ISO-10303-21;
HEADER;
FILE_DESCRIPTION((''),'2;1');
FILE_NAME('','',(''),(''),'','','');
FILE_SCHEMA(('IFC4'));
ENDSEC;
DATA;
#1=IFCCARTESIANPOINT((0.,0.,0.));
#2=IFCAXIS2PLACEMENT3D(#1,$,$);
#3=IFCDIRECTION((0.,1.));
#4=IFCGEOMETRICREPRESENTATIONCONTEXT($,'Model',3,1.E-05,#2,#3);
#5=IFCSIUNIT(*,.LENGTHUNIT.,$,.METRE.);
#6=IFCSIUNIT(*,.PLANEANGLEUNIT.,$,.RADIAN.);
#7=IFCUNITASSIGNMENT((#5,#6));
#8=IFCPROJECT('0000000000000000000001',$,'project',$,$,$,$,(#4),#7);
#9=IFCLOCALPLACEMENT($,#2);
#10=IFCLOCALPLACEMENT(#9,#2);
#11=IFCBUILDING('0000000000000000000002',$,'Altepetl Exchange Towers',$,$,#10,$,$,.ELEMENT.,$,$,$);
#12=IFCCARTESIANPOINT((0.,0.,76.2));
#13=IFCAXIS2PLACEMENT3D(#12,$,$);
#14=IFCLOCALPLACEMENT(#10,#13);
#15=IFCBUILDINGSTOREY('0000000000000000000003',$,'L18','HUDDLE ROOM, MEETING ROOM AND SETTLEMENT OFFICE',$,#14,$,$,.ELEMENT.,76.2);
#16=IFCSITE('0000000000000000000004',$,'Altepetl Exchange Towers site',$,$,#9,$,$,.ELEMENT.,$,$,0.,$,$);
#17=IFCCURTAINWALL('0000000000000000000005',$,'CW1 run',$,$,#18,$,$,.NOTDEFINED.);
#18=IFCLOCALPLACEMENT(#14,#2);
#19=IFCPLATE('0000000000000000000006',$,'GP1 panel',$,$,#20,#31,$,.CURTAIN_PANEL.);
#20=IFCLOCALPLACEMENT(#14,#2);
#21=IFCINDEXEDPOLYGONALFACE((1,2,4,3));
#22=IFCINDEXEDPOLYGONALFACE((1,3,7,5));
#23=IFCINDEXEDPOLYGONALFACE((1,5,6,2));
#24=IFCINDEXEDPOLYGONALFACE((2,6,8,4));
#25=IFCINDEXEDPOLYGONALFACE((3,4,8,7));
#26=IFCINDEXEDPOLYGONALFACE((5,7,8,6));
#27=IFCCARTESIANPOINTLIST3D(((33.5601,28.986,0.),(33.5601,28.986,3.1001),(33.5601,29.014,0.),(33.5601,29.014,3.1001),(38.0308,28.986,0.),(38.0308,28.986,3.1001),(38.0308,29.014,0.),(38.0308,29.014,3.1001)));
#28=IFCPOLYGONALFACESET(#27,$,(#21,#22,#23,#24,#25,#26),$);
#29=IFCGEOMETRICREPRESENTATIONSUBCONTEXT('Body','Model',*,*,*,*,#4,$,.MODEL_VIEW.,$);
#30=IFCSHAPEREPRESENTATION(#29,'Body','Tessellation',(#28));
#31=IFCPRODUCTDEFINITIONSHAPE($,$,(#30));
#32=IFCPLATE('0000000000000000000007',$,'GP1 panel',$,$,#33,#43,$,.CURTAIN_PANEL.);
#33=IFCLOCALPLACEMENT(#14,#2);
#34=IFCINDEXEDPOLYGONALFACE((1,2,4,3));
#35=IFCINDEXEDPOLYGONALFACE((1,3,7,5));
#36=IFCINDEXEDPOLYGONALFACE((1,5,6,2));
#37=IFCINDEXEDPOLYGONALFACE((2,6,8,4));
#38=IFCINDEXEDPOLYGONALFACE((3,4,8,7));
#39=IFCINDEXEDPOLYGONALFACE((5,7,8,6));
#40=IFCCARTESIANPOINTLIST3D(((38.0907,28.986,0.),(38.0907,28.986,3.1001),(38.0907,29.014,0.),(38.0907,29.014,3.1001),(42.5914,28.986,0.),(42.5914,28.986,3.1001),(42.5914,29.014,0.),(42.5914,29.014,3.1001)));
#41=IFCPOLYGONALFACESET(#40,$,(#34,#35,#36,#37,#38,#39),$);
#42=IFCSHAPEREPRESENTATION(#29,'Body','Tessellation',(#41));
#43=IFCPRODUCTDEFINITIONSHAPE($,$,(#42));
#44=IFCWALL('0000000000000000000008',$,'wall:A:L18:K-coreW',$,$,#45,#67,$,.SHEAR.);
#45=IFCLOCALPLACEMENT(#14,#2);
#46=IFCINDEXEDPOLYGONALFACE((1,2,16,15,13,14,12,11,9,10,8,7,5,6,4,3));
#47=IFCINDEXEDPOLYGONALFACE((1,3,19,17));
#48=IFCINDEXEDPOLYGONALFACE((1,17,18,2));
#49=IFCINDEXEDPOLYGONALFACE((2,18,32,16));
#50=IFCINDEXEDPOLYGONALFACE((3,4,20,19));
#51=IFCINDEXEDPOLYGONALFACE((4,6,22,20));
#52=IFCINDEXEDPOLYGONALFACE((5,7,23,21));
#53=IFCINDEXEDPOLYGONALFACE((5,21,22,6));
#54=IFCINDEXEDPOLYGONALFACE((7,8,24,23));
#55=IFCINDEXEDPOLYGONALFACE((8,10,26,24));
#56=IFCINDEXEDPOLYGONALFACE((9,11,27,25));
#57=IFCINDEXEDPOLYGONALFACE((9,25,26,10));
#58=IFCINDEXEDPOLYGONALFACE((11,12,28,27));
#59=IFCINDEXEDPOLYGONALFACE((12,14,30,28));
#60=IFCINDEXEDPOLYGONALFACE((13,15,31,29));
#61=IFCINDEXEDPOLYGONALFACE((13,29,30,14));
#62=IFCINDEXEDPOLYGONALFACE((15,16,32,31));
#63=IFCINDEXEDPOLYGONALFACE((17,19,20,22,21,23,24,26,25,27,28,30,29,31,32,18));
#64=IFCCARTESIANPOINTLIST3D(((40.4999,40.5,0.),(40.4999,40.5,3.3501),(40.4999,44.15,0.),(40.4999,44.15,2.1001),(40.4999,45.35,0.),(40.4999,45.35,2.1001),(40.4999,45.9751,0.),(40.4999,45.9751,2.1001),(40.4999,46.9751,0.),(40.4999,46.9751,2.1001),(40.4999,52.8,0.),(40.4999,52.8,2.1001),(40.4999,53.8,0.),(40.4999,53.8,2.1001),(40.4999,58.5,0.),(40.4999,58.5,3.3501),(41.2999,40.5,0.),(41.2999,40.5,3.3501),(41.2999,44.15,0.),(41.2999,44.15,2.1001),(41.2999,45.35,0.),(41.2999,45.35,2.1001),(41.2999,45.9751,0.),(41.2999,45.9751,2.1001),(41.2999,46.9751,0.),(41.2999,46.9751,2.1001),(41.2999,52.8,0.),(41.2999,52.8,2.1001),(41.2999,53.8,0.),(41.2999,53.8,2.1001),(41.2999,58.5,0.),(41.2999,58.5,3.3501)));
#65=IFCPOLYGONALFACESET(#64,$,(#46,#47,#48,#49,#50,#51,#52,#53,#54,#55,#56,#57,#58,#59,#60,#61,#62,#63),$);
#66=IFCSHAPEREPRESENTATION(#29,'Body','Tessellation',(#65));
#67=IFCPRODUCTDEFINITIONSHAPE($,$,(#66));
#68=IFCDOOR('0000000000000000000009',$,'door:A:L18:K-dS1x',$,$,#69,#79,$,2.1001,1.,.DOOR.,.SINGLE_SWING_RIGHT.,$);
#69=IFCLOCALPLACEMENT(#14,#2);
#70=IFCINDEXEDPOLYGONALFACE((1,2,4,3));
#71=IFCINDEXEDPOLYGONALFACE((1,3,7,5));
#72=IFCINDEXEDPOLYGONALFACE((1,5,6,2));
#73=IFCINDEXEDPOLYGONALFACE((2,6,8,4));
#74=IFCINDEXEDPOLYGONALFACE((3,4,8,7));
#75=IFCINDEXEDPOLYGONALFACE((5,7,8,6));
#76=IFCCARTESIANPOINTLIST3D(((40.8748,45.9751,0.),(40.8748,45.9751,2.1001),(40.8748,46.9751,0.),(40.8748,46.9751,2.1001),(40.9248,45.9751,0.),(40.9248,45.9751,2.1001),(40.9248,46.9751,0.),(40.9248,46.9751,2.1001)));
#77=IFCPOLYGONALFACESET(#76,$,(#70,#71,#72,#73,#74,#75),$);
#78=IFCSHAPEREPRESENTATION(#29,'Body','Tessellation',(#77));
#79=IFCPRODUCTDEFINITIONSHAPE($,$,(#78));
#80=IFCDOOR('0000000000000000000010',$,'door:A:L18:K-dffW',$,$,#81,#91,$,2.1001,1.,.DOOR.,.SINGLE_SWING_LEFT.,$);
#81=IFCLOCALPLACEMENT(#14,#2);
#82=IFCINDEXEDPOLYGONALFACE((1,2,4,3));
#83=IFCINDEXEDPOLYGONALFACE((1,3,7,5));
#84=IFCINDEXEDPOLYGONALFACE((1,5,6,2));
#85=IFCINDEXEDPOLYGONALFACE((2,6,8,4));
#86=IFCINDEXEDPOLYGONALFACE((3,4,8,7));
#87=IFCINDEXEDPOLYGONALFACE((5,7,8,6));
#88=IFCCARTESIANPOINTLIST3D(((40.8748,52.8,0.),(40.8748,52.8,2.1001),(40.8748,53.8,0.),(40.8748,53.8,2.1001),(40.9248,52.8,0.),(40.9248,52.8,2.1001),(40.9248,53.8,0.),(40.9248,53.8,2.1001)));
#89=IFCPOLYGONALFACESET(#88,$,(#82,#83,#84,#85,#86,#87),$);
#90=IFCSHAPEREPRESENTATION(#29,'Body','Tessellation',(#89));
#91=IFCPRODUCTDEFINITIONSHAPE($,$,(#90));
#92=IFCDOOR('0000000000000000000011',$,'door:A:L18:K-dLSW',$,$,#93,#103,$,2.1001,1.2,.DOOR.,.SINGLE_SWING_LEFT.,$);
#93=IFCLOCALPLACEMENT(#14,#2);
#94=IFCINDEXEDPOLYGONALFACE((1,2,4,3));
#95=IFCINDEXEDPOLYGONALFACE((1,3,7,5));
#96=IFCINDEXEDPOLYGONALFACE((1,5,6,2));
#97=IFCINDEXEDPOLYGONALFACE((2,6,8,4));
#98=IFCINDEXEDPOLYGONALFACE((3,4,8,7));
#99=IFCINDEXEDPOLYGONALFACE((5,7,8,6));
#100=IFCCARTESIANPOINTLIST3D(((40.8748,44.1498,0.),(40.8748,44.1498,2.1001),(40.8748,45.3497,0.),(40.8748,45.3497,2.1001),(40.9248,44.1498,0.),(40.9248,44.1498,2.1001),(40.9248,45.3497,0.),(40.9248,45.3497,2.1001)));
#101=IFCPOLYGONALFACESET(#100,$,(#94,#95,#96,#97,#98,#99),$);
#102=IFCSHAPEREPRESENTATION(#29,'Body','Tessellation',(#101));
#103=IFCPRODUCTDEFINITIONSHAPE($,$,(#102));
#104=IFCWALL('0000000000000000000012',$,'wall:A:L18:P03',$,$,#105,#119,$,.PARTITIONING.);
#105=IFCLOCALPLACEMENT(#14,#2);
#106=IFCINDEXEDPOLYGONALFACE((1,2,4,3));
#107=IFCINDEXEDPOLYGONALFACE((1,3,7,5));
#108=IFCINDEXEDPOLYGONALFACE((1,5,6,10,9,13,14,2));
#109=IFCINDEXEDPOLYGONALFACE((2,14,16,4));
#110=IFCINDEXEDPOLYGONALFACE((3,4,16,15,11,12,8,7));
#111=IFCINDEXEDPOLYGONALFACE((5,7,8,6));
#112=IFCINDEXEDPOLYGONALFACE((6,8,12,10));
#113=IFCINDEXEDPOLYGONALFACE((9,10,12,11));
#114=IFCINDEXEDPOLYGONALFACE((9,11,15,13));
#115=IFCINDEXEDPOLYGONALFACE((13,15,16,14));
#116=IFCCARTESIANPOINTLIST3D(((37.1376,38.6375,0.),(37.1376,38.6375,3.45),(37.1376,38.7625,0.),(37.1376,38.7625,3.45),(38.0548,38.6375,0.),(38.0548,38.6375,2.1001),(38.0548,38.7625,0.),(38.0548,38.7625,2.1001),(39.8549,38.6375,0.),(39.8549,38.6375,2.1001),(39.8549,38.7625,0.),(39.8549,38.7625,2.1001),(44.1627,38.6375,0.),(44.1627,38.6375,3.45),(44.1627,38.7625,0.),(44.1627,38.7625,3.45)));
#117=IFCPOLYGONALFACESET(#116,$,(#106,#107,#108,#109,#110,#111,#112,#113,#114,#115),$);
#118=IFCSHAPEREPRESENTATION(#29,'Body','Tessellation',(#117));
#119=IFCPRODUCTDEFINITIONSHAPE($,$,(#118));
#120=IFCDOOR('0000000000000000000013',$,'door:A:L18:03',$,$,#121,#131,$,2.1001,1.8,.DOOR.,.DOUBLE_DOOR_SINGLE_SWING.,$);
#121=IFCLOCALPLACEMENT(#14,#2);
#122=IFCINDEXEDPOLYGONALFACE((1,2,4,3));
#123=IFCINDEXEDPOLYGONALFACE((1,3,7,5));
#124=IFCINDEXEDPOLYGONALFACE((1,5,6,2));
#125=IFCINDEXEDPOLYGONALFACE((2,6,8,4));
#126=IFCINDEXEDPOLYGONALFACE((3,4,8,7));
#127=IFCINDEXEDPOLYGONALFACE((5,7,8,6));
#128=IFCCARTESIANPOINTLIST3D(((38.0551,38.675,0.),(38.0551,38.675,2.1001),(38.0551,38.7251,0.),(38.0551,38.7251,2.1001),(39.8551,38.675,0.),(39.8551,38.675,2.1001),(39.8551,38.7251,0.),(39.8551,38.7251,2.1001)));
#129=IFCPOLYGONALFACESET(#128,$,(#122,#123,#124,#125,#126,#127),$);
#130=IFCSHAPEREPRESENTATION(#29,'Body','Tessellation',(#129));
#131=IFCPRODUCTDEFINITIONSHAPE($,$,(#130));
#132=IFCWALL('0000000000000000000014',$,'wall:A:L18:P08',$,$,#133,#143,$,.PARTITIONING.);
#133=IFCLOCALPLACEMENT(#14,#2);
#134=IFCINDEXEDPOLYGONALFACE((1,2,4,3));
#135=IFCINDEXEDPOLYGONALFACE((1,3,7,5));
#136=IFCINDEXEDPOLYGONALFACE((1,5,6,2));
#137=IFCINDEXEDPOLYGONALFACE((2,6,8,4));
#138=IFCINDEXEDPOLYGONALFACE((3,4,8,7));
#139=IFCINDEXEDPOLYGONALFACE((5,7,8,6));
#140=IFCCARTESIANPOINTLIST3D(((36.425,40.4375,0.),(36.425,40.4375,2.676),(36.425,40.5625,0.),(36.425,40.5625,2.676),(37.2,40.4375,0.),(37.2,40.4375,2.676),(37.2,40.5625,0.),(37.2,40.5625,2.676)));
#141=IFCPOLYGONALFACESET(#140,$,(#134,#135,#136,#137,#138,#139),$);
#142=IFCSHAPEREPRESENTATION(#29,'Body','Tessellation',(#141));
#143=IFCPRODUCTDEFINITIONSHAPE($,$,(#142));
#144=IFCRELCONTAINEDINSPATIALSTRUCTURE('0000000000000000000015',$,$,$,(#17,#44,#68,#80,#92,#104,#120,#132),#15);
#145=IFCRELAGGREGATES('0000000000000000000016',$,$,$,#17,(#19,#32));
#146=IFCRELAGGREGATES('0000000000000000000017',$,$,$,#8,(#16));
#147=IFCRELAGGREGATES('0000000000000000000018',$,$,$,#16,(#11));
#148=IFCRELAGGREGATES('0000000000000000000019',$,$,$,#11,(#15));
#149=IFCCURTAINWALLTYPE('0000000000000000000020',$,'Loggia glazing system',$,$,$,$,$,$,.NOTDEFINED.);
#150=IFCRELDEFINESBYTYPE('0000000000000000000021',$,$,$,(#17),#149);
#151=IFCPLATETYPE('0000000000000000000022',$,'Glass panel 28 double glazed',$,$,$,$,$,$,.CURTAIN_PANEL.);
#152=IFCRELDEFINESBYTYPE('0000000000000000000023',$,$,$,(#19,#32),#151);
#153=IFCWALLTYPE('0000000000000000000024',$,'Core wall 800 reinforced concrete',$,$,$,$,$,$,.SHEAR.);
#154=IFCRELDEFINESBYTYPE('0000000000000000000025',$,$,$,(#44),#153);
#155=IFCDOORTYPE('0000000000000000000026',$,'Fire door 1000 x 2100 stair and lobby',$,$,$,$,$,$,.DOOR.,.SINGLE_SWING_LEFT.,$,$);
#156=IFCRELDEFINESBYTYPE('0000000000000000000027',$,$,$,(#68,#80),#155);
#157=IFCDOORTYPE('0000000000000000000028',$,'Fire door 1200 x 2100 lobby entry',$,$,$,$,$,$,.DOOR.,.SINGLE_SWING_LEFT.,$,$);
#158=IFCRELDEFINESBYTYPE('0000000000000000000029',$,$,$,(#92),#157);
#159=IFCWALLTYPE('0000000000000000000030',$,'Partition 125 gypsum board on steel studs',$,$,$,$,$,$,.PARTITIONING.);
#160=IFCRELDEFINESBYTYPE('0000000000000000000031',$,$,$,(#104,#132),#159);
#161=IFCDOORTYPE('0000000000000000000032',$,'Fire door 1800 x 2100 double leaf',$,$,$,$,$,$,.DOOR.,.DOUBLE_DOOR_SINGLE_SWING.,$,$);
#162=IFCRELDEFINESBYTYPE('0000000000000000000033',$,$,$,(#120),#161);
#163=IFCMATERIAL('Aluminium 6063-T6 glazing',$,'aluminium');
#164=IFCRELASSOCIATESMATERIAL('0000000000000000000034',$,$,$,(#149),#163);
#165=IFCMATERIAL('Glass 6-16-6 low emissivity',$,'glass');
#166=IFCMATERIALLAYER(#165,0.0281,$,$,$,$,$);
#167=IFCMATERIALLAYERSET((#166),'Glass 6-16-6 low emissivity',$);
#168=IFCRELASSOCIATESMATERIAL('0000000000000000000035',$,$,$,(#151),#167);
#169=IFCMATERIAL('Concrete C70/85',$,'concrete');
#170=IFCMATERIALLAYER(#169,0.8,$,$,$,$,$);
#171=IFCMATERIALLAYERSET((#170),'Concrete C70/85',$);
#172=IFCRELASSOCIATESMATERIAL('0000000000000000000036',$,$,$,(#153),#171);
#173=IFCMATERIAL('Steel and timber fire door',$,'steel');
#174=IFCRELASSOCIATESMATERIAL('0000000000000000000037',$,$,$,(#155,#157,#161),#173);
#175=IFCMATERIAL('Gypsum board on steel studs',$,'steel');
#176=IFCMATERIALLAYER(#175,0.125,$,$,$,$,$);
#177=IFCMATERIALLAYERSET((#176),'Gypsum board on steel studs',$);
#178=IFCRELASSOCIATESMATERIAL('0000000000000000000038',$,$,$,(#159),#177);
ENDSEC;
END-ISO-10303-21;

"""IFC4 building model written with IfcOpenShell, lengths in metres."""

from ifc_helpers import new_model, si_unit, direction, frame, frame_2d, origin, origin_2d, place, context, subcontext, project, spatial, rectangle, extrude, material, layer, layer_set, type_object, element, fill, aggregate, save


model = new_model("IFC4")

# Units and contexts
model_context = context("Model", 3, precision=1e-05, world=origin(), true_north=direction((0.0, 1.0)))
body_context = subcontext(model_context, "Body", "Model", "MODEL_VIEW")
ifc_project = project(units=[si_unit("LENGTHUNIT", "METRE"), si_unit("PLANEANGLEUNIT", "RADIAN")], contexts=[model_context])

# Site, building, storey
site_placement = place(None, origin())
site = spatial("IfcSite", under=ifc_project, at=site_placement, Name="Altepetl Exchange Towers site", CompositionType="ELEMENT", RefElevation=0.0)
building_placement = place(site_placement, origin())
building = spatial("IfcBuilding", under=site, at=building_placement, Name="Altepetl Exchange Towers", CompositionType="ELEMENT")
storey_placement = place(building_placement, frame((0.0, 0.0, 76.2)))
storey = spatial("IfcBuildingStorey", under=building, at=storey_placement, Name="L18", Description="HUDDLE ROOM, MEETING ROOM AND SETTLEMENT OFFICE", CompositionType="ELEMENT", Elevation=76.2)

# Shared definitions
ifc_material_1 = material(Name="Concrete C70/85", Category="concrete")

# Curtain wall
ifc_material_2 = material(Name="Aluminium 6063-T6 glazing", Category="aluminium")
curtain_wall_type = type_object("IfcCurtainWallType", Name="Loggia glazing system", PredefinedType="NOTDEFINED", material=ifc_material_2)
curtain_wall_placement = place(storey_placement, origin())
curtain_wall = element("IfcCurtainWall", 1, at=curtain_wall_placement, inside=storey, type_object=curtain_wall_type, Name="CW1 run", PredefinedType="NOTDEFINED")

# Plates
ifc_material_3 = material(Name="Glass 6-16-6 low emissivity", Category="glass")
ifc_layer_1 = layer(ifc_material_3, 0.0281)
ifc_layer_set_1 = layer_set([ifc_layer_1], Name="Glass 6-16-6 low emissivity")
plate_type = type_object("IfcPlateType", Name="Glass panel 28 double glazed", PredefinedType="CURTAIN_PANEL", material=ifc_layer_set_1)
plate_1_placement = place(storey_placement, frame((35.7954, 29.0, 0.0)))
plate_1 = element("IfcPlate", 2, at=plate_1_placement, type_object=plate_type, Name="GP1 panel", PredefinedType="CURTAIN_PANEL", context=body_context, shape_type="SweptSolid", body=[
    extrude(rectangle(XDim=4.4707, YDim=0.0281, at=origin_2d()), origin(), (0.0, 0.0, 1.0), 3.1001),
])
plate_2_placement = place(storey_placement, frame((40.3411, 29.0, 0.0)))
plate_2 = element("IfcPlate", 3, at=plate_2_placement, type_object=plate_type, Name="GP1 panel", PredefinedType="CURTAIN_PANEL", context=body_context, shape_type="SweptSolid", body=[
    extrude(rectangle(XDim=4.5007, YDim=0.0281, at=origin_2d()), origin(), (0.0, 0.0, 1.0), 3.1001),
])
aggregate(curtain_wall, [plate_1, plate_2])

# Wall, openings, doors
ifc_layer_2 = layer(ifc_material_1, 0.8)
ifc_layer_set_2 = layer_set([ifc_layer_2], Name="Concrete C70/85")
wall_type_1 = type_object("IfcWallType", Name="Core wall 800 reinforced concrete", PredefinedType="SHEAR", material=ifc_layer_set_2)
wall_1_placement = place(storey_placement, frame((40.8999, 40.5, 0.0), z_axis=(0.0, 0.0, 1.0), x_axis=(0.0, 1.0, 0.0)))
wall_1 = element("IfcWall", 4, at=wall_1_placement, inside=storey, type_object=wall_type_1, Name="wall:A:L18:K-coreW", PredefinedType="SHEAR", context=body_context, shape_type="SweptSolid", body=[
    extrude(rectangle(XDim=18.0, YDim=0.8, at=frame_2d((9.0, 0.0))), origin(), (0.0, 0.0, 1.0), 3.3501),
])
opening_1_placement = place(wall_1_placement, frame((3.6499, 0.0, 0.0)))
opening_1 = element("IfcOpeningElement", 5, at=opening_1_placement, cuts=wall_1, PredefinedType="OPENING", context=body_context, shape_type="SweptSolid", body=[
    extrude(rectangle(XDim=1.2, YDim=2.1001, at=frame_2d((0.6001, 1.05))), frame((0.0, 0.4102, 0.0), z_axis=(0.0, -1.0, 0.0), x_axis=(1.0, 0.0, 0.0)), (0.0, 0.0, 1.0), 0.8201),
])
opening_2_placement = place(wall_1_placement, frame((5.4751, 0.0, 0.0)))
opening_2 = element("IfcOpeningElement", 6, at=opening_2_placement, cuts=wall_1, PredefinedType="OPENING", context=body_context, shape_type="SweptSolid", body=[
    extrude(rectangle(XDim=1.0, YDim=2.1001, at=frame_2d((0.5, 1.05))), frame((0.0, 0.4102, 0.0), z_axis=(0.0, -1.0, 0.0), x_axis=(1.0, 0.0, 0.0)), (0.0, 0.0, 1.0), 0.8201),
])
opening_3_placement = place(wall_1_placement, frame((12.3, 0.0, 0.0)))
opening_3 = element("IfcOpeningElement", 7, at=opening_3_placement, cuts=wall_1, PredefinedType="OPENING", context=body_context, shape_type="SweptSolid", body=[
    extrude(rectangle(XDim=1.0, YDim=2.1001, at=frame_2d((0.5, 1.05))), frame((0.0, 0.4102, 0.0), z_axis=(0.0, -1.0, 0.0), x_axis=(1.0, 0.0, 0.0)), (0.0, 0.0, 1.0), 0.8201),
])
ifc_material_4 = material(Name="Steel and timber fire door", Category="steel")
door_type_1 = type_object("IfcDoorType", Name="Fire door 1000 x 2100 stair and lobby", OperationType="SINGLE_SWING_LEFT", PredefinedType="DOOR", material=ifc_material_4)
door_1_placement = place(opening_2_placement, frame((1.0, 0.0, 0.0), x_axis=(-1.0, 0.0, 0.0)))
door_1 = element("IfcDoor", 8, at=door_1_placement, inside=storey, type_object=door_type_1, Name="door:A:L18:K-dS1x", OperationType="SINGLE_SWING_RIGHT", OverallHeight=2.1001, OverallWidth=1.0, PredefinedType="DOOR", context=body_context, shape_type="SweptSolid", body=[
    extrude(rectangle(XDim=1.0, YDim=2.1001, at=frame_2d((0.5, 1.05))), frame((0.0, 0.0249, 0.0), z_axis=(0.0, -1.0, 0.0), x_axis=(1.0, 0.0, 0.0)), (0.0, 0.0, 1.0), 0.05),
])
fill(opening_2, door_1)
door_2_placement = place(opening_3_placement, frame((1.0, 0.0, 0.0), x_axis=(-1.0, 0.0, 0.0)))
door_2 = element("IfcDoor", 9, at=door_2_placement, inside=storey, type_object=door_type_1, Name="door:A:L18:K-dffW", OperationType="SINGLE_SWING_LEFT", OverallHeight=2.1001, OverallWidth=1.0, PredefinedType="DOOR", context=body_context, shape_type="SweptSolid", body=[
    extrude(rectangle(XDim=1.0, YDim=2.1001, at=frame_2d((0.5, 1.05))), frame((0.0, 0.0249, 0.0), z_axis=(0.0, -1.0, 0.0), x_axis=(1.0, 0.0, 0.0)), (0.0, 0.0, 1.0), 0.05),
])
fill(opening_3, door_2)
door_type_2 = type_object("IfcDoorType", Name="Fire door 1200 x 2100 lobby entry", OperationType="SINGLE_SWING_LEFT", PredefinedType="DOOR", material=ifc_material_4)
door_3_placement = place(opening_1_placement, frame((1.2, 0.0, 0.0), x_axis=(-1.0, 0.0, 0.0)))
door_3 = element("IfcDoor", 10, at=door_3_placement, inside=storey, type_object=door_type_2, Name="door:A:L18:K-dLSW", OperationType="SINGLE_SWING_LEFT", OverallHeight=2.1001, OverallWidth=1.2, PredefinedType="DOOR", context=body_context, shape_type="SweptSolid", body=[
    extrude(rectangle(XDim=1.2, YDim=2.1001, at=frame_2d((0.6001, 1.05))), frame((0.0, 0.0249, 0.0), z_axis=(0.0, -1.0, 0.0), x_axis=(1.0, 0.0, 0.0)), (0.0, 0.0, 1.0), 0.05),
])
fill(opening_1, door_3)

# Wall, opening, door
ifc_material_5 = material(Name="Gypsum board on steel studs", Category="steel")
ifc_layer_3 = layer(ifc_material_5, 0.125)
ifc_layer_set_3 = layer_set([ifc_layer_3], Name="Gypsum board on steel studs")
wall_type_2 = type_object("IfcWallType", Name="Partition 125 gypsum board on steel studs", PredefinedType="PARTITIONING", material=ifc_layer_set_3)
wall_2_placement = place(storey_placement, frame((37.1375, 38.7, 0.0)))
wall_2 = element("IfcWall", 11, at=wall_2_placement, inside=storey, type_object=wall_type_2, Name="wall:A:L18:P03", PredefinedType="PARTITIONING", context=body_context, shape_type="SweptSolid", body=[
    extrude(rectangle(XDim=7.0251, YDim=0.125, at=frame_2d((3.5127, 0.0))), origin(), (0.0, 0.0, 1.0), 3.45),
])
opening_4_placement = place(wall_2_placement, frame((0.9175, 0.0, 0.0)))
opening_4 = element("IfcOpeningElement", 12, at=opening_4_placement, cuts=wall_2, PredefinedType="OPENING", context=body_context, shape_type="SweptSolid", body=[
    extrude(rectangle(XDim=1.8, YDim=2.1001, at=frame_2d((0.8999, 1.05))), frame((0.0, 0.0725, 0.0), z_axis=(0.0, -1.0, 0.0), x_axis=(1.0, 0.0, 0.0)), (0.0, 0.0, 1.0), 0.145),
])
door_type_3 = type_object("IfcDoorType", Name="Fire door 1800 x 2100 double leaf", OperationType="DOUBLE_DOOR_SINGLE_SWING", PredefinedType="DOOR", material=ifc_material_4)
door_4_placement = place(opening_4_placement, frame((1.8, 0.0, 0.0), x_axis=(-1.0, 0.0, 0.0)))
door_4 = element("IfcDoor", 13, at=door_4_placement, inside=storey, type_object=door_type_3, Name="door:A:L18:03", OperationType="DOUBLE_DOOR_SINGLE_SWING", OverallHeight=2.1001, OverallWidth=1.8, PredefinedType="DOOR", context=body_context, shape_type="SweptSolid", body=[
    extrude(rectangle(XDim=1.8, YDim=2.1001, at=frame_2d((0.8999, 1.05))), frame((0.0, 0.0249, 0.0), z_axis=(0.0, -1.0, 0.0), x_axis=(1.0, 0.0, 0.0)), (0.0, 0.0, 1.0), 0.05),
])
fill(opening_4, door_4)

# Wall
wall_3_placement = place(storey_placement, frame((36.425, 40.5, 0.0)))
element("IfcWall", 14, at=wall_3_placement, inside=storey, type_object=wall_type_2, Name="wall:A:L18:P08", PredefinedType="PARTITIONING", context=body_context, shape_type="SweptSolid", body=[
    extrude(rectangle(XDim=0.7749, YDim=0.125, at=frame_2d((0.3875, 0.0))), origin(), (0.0, 0.0, 1.0), 2.676),
])

save(model, "model.ifc")
